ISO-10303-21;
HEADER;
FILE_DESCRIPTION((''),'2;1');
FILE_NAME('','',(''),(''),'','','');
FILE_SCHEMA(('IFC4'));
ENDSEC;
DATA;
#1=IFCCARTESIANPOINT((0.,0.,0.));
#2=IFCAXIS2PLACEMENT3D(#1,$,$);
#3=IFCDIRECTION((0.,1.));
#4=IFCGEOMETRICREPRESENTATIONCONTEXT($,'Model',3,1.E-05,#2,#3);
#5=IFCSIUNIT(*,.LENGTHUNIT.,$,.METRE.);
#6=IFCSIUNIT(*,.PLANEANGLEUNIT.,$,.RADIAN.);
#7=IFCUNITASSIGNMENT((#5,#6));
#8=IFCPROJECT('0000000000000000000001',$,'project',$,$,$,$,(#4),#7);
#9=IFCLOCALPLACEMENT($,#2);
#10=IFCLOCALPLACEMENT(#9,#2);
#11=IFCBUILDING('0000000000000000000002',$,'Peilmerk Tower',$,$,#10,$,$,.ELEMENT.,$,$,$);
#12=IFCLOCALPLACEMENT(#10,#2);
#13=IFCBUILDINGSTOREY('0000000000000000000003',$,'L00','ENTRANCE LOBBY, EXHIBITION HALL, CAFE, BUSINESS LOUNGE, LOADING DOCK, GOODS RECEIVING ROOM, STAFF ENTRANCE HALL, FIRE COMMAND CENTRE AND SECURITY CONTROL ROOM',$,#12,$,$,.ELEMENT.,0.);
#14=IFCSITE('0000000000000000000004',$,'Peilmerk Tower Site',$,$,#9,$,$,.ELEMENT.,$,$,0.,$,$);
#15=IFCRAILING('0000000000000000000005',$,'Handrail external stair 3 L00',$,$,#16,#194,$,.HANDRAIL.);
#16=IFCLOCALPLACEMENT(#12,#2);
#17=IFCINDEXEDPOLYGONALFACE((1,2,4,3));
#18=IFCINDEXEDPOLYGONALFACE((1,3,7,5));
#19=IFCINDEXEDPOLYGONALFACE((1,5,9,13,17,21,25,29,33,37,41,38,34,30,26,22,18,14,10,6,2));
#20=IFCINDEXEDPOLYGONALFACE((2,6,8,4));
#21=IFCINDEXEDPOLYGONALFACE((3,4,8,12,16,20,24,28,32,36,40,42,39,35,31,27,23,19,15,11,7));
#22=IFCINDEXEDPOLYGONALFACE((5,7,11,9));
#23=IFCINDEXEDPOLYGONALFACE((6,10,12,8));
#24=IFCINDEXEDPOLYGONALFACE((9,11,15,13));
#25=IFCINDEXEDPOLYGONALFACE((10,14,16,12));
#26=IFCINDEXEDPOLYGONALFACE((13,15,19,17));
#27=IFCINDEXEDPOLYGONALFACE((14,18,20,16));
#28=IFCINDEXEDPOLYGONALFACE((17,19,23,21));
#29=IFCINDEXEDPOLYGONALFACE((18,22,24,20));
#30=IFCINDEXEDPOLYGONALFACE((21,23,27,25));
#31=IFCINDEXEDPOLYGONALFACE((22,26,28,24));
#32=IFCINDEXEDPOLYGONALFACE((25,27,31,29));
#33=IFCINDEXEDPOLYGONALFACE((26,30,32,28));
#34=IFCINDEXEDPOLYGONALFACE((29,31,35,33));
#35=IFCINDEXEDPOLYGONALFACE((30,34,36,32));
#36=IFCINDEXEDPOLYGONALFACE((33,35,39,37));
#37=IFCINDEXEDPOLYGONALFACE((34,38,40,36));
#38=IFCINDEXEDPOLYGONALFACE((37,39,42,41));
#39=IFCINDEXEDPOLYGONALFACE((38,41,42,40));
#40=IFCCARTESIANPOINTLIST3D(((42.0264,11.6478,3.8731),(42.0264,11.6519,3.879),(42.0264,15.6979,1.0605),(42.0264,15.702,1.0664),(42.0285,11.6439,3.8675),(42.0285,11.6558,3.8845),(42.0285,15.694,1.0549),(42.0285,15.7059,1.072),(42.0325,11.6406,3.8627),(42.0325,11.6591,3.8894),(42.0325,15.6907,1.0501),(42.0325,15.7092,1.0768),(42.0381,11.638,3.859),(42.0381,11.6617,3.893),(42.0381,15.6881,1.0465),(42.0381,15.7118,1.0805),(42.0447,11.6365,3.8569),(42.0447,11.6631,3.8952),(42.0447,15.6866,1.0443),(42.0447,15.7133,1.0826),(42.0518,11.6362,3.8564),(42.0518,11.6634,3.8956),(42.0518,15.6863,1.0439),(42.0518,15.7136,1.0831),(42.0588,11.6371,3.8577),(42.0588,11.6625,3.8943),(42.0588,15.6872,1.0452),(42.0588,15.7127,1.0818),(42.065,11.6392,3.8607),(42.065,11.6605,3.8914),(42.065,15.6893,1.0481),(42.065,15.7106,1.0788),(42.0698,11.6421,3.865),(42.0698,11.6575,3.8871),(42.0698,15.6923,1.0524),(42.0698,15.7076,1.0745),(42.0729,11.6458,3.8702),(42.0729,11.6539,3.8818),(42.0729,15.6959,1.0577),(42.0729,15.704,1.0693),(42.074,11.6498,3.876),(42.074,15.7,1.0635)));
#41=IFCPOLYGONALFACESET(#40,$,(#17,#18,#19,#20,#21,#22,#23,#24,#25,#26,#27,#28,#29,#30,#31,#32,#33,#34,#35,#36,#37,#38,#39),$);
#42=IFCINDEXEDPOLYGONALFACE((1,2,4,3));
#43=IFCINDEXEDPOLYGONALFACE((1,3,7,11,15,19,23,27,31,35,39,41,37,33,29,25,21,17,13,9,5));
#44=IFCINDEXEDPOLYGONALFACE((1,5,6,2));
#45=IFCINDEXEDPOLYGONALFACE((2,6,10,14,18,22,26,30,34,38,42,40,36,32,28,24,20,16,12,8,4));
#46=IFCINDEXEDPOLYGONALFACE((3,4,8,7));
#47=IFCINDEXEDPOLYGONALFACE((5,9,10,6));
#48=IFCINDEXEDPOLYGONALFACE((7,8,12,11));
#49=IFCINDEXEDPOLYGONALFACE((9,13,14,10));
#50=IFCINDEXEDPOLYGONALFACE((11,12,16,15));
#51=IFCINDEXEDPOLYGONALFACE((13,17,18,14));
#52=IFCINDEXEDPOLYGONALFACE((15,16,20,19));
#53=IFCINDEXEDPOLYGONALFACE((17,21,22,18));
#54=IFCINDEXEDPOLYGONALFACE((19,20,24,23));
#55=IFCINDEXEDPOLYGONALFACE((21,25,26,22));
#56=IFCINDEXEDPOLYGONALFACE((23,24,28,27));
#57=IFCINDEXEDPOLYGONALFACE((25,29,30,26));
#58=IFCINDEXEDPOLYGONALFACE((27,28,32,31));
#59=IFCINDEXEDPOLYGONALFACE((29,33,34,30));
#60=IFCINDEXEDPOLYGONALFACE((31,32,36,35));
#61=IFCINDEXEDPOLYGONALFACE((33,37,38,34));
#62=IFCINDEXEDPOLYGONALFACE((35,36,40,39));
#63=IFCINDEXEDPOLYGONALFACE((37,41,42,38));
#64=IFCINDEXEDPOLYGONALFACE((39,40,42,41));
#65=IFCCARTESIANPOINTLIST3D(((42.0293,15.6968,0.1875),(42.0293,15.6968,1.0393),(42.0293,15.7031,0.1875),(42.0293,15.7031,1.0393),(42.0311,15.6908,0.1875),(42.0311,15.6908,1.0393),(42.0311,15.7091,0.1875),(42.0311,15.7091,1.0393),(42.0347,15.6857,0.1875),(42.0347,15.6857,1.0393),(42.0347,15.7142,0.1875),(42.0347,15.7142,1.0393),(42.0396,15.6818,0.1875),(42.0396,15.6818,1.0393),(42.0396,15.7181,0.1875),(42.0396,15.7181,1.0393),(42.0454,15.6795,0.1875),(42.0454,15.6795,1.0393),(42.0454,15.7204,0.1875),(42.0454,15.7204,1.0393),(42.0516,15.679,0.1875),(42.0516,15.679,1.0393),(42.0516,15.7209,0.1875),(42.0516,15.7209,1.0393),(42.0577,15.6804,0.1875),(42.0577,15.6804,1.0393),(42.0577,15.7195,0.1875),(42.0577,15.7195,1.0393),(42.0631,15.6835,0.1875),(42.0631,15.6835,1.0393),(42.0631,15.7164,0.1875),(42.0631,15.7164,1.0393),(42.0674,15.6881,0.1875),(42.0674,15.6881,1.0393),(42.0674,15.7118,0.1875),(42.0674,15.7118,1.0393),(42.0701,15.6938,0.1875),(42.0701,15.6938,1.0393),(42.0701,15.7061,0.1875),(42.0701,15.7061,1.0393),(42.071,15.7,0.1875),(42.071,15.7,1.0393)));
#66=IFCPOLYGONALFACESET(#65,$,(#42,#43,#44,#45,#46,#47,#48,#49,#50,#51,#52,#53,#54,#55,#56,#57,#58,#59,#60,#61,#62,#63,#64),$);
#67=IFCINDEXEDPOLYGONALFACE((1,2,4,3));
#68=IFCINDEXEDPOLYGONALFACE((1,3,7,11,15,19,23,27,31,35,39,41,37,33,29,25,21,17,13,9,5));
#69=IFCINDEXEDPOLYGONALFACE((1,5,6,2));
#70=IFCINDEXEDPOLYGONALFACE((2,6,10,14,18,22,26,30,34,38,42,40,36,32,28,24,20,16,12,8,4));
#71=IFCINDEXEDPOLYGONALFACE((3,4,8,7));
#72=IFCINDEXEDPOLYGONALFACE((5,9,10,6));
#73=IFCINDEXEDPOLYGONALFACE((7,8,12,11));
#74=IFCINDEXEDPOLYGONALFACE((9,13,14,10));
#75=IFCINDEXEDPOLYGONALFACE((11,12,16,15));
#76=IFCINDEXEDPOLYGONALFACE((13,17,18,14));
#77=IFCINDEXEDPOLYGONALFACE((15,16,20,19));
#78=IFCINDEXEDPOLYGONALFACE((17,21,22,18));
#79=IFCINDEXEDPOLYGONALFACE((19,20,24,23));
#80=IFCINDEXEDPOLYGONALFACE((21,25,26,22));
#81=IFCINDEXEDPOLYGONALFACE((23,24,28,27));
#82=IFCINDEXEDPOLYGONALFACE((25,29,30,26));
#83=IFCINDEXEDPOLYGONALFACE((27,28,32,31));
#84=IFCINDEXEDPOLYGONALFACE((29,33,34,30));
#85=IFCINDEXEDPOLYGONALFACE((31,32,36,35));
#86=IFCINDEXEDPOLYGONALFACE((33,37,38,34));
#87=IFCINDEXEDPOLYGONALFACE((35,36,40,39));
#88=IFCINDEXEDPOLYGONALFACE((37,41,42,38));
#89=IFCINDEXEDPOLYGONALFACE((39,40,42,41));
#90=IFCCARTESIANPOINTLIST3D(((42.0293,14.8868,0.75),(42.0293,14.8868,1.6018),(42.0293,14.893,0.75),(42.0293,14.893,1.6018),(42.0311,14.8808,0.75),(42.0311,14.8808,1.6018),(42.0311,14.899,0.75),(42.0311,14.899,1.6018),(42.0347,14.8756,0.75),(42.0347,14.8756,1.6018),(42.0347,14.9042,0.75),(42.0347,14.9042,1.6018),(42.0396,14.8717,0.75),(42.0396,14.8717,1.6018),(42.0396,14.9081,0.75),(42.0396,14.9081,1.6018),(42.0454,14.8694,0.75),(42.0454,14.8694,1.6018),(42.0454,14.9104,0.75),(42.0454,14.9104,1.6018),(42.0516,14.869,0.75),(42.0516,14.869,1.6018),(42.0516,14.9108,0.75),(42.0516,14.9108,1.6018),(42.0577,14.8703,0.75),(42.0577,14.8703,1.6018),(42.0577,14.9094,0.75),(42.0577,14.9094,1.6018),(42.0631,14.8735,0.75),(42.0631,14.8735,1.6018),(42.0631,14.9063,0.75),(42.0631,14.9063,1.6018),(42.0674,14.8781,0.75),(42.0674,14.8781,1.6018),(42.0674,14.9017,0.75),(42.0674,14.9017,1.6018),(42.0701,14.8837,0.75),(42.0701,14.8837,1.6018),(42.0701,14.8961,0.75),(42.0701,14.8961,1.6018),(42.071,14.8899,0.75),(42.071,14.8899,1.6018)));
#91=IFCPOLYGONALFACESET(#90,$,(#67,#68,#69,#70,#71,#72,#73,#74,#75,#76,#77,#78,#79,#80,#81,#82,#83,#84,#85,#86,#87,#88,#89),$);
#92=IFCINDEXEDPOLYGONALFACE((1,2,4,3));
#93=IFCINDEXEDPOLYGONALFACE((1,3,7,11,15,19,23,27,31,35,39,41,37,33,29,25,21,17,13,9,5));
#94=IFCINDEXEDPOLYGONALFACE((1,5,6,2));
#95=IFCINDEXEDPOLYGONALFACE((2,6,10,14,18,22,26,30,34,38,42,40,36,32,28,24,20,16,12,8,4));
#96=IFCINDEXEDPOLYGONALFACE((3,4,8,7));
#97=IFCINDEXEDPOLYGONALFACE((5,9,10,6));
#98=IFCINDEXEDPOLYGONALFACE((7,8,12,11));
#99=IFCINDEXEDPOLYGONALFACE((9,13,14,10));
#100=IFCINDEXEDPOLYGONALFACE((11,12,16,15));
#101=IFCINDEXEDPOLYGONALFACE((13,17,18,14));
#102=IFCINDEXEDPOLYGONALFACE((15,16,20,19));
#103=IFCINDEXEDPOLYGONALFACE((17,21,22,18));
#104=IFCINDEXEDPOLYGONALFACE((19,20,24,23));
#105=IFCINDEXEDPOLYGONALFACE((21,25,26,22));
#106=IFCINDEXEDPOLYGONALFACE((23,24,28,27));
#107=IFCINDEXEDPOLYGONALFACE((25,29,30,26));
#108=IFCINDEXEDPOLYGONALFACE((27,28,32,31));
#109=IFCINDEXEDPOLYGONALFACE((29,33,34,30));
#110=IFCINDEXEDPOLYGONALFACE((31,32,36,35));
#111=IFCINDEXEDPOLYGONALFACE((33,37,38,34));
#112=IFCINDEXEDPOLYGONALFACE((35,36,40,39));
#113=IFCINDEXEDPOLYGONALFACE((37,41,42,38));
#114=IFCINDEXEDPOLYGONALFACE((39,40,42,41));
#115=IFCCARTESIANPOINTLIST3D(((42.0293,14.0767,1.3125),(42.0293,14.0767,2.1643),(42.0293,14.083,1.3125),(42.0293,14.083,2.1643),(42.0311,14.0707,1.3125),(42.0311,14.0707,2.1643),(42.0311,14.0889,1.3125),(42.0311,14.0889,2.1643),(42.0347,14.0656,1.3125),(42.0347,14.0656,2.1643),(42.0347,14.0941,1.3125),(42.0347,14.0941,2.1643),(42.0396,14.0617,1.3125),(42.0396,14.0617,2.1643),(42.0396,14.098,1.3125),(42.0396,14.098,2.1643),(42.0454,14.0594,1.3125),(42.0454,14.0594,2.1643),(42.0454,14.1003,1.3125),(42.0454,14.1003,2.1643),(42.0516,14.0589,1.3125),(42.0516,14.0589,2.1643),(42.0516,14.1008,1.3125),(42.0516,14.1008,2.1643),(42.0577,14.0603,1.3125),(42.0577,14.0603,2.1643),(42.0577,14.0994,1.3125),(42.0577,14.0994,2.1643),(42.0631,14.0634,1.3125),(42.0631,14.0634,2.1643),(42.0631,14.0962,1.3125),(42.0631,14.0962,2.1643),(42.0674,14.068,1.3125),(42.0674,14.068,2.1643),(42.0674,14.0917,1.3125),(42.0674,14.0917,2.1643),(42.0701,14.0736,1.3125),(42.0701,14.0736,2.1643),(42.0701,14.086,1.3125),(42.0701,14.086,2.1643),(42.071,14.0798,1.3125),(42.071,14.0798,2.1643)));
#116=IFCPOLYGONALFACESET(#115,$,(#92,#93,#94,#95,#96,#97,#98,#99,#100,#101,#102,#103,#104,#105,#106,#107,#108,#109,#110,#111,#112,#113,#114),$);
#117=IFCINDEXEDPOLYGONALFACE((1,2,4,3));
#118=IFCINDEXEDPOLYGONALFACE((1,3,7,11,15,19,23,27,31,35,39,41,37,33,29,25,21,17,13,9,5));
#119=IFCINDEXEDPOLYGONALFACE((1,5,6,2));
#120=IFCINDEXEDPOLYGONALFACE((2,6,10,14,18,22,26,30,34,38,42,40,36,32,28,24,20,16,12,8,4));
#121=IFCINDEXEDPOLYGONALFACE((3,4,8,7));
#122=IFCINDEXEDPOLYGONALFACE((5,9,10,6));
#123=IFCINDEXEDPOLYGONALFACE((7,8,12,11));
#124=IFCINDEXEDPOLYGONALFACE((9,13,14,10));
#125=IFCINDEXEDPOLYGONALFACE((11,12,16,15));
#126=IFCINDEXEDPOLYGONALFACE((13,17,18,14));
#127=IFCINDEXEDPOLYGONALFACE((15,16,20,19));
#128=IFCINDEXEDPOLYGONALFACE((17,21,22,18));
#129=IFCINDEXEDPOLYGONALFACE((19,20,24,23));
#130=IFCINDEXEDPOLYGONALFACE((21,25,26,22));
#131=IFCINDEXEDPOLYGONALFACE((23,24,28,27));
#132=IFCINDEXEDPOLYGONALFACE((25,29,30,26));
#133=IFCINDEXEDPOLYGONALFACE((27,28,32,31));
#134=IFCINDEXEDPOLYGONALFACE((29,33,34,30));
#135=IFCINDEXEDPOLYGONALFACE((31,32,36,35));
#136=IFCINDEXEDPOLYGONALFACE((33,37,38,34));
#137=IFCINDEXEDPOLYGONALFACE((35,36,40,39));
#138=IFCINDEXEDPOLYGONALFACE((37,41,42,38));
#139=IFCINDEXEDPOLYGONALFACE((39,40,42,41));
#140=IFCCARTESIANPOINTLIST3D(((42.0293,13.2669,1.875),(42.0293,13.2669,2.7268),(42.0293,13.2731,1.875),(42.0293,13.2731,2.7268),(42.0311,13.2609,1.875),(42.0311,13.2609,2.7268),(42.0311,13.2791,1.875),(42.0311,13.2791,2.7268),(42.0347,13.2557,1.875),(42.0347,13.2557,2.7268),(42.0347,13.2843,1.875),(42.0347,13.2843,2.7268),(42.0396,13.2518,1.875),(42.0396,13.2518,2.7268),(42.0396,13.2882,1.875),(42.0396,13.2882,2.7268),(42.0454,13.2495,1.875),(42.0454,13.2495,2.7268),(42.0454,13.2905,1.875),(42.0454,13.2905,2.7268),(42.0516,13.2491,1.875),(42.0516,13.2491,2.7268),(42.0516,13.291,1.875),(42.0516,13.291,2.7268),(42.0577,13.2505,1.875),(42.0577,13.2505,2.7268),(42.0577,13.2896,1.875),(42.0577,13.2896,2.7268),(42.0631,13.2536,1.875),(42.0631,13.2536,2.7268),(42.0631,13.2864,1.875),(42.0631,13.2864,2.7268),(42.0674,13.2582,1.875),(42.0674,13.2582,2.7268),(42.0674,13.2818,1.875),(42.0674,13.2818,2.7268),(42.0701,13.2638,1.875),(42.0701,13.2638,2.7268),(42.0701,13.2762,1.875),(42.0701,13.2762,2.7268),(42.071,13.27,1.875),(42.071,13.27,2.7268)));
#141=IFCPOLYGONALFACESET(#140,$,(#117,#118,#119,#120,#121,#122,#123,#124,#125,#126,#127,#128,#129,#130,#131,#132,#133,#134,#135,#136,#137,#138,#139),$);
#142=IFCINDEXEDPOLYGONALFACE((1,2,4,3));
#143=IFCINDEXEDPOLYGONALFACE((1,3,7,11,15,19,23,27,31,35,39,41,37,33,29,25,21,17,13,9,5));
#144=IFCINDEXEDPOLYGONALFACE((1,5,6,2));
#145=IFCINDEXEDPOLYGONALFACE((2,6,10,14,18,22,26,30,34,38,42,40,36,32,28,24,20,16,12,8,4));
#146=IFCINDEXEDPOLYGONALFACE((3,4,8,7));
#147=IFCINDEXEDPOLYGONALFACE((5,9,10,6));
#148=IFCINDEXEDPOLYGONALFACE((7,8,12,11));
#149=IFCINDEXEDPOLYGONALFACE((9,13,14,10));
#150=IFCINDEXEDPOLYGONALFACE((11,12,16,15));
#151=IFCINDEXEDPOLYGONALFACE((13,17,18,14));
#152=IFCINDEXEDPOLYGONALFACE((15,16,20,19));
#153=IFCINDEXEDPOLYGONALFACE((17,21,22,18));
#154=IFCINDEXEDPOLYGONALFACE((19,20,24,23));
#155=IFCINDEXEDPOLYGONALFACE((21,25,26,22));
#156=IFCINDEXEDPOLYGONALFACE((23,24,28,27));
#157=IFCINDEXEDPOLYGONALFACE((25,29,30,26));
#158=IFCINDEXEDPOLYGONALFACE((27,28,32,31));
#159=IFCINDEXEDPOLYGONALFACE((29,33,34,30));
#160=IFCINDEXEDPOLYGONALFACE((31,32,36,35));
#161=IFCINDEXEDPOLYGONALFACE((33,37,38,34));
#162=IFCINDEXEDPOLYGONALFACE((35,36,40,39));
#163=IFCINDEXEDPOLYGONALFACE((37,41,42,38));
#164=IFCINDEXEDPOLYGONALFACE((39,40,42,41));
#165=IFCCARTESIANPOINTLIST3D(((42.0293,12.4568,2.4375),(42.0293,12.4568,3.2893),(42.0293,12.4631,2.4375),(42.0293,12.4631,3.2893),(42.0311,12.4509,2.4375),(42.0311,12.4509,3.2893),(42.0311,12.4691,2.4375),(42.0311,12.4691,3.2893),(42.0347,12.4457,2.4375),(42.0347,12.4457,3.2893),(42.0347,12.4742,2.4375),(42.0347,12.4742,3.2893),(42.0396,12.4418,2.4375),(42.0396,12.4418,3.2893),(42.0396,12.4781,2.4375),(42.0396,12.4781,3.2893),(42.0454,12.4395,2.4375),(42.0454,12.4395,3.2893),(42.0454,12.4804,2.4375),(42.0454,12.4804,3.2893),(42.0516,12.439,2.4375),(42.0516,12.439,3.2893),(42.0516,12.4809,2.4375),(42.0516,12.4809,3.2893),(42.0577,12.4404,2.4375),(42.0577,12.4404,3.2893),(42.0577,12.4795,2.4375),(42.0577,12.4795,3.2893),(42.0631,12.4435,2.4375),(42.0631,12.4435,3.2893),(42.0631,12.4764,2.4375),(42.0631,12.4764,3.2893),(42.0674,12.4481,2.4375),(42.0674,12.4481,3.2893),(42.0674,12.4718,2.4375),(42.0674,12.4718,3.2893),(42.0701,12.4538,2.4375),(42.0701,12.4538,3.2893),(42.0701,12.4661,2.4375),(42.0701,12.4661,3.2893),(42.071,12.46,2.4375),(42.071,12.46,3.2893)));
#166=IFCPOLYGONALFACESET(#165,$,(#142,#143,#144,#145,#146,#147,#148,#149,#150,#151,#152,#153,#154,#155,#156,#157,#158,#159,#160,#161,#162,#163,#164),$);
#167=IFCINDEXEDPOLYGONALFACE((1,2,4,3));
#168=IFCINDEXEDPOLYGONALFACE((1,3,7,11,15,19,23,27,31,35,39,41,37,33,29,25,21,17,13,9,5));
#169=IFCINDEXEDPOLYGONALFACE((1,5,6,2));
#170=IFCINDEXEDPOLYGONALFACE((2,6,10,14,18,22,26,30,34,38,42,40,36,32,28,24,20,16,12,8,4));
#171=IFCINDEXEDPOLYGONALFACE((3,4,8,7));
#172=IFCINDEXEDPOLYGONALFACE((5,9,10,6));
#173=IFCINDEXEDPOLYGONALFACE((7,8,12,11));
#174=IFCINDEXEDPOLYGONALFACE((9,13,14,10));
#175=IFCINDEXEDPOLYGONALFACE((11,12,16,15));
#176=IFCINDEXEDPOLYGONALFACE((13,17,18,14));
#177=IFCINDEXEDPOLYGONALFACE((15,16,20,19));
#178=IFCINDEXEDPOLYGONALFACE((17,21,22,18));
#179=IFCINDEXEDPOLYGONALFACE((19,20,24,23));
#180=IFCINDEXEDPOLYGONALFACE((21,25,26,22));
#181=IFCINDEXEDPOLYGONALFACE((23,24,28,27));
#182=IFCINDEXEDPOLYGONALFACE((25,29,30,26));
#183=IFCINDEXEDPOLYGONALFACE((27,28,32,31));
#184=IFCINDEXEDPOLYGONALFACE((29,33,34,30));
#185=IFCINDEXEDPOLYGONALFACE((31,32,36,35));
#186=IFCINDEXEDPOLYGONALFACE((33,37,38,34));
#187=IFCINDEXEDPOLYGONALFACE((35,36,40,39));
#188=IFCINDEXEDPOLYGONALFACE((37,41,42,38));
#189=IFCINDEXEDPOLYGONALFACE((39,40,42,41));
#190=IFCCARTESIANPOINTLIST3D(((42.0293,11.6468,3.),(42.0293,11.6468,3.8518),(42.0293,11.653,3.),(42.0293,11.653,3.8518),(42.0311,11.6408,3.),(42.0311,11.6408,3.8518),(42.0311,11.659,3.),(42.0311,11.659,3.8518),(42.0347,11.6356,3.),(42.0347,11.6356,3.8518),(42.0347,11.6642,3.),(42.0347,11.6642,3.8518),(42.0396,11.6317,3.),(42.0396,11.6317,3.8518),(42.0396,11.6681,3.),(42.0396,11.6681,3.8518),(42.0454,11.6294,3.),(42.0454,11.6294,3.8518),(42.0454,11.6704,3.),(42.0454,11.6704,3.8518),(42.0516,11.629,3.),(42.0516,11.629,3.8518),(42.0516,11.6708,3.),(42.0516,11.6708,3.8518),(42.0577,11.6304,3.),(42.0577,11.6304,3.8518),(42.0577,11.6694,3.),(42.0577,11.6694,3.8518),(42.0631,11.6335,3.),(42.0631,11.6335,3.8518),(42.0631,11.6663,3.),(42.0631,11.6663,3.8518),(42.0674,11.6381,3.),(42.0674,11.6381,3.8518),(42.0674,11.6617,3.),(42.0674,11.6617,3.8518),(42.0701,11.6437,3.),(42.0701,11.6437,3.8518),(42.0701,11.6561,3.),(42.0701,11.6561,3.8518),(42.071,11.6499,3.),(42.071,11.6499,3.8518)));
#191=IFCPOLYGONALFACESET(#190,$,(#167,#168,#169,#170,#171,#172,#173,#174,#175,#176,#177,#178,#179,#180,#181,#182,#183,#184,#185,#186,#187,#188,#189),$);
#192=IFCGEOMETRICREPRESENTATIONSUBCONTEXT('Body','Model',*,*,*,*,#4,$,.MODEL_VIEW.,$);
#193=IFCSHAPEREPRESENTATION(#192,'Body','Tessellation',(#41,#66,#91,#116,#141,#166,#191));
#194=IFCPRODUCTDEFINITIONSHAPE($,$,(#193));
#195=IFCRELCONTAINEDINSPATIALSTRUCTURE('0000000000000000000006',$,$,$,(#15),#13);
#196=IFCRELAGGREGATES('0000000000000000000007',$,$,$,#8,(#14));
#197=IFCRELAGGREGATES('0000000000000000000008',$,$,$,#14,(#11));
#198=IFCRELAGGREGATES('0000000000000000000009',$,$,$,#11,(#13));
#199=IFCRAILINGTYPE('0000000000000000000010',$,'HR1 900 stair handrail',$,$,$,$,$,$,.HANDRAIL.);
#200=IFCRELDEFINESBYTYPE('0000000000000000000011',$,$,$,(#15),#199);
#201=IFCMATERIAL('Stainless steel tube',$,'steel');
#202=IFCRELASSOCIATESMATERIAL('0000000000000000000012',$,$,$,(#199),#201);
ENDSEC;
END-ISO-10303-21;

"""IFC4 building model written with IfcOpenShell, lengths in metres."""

from ifc_helpers import new_model, si_unit, direction, frame, origin, origin_2d, place, context, subcontext, project, spatial, circle, extrude, material, type_object, element, save


model = new_model("IFC4")

# Units and contexts
model_context = context("Model", 3, precision=1e-05, world=origin(), true_north=direction((0.0, 1.0)))
body_context = subcontext(model_context, "Body", "Model", "MODEL_VIEW")
ifc_project = project(units=[si_unit("LENGTHUNIT", "METRE"), si_unit("PLANEANGLEUNIT", "RADIAN")], contexts=[model_context])

# Site, building, storey
site_placement = place(None, origin())
site = spatial("IfcSite", under=ifc_project, at=site_placement, Name="Peilmerk Tower Site", CompositionType="ELEMENT", RefElevation=0.0)
building_placement = place(site_placement, origin())
building = spatial("IfcBuilding", under=site, at=building_placement, Name="Peilmerk Tower", CompositionType="ELEMENT")
storey_placement = place(building_placement, origin())
storey = spatial("IfcBuildingStorey", under=building, at=storey_placement, Name="L00", Description="ENTRANCE LOBBY, EXHIBITION HALL, CAFE, BUSINESS LOUNGE, LOADING DOCK, GOODS RECEIVING ROOM, STAFF ENTRANCE HALL, FIRE COMMAND CENTRE AND SECURITY CONTROL ROOM", CompositionType="ELEMENT", Elevation=0.0)

# Railing
ifc_material_1 = material(Name="Stainless steel tube", Category="steel")
railing_type_1 = type_object("IfcRailingType", Name="HR1 900 stair handrail", PredefinedType="HANDRAIL", material=ifc_material_1)
for number, where, name in (
    (1, (42.05, 15.7, 0.1875), "Handrail external stair 3 L00"),
):
    element("IfcRailing", number, at=place(storey_placement, frame(where)), inside=storey, type_object=railing_type_1, Name=name, PredefinedType="HANDRAIL", context=body_context, shape_type="SweptSolid", body=[
        extrude(circle(Radius=0.0239, at=origin_2d()), frame((0.0, 0.0, 0.876), z_axis=(0.0, -0.821373, 0.570391), x_axis=(1.0, 0.0, 0.0)), (0.0, 0.0, 1.0), 4.9309),
        extrude(circle(Radius=0.021, at=origin_2d()), origin(), (0.0, 0.0, 1.0), 0.8518),
        extrude(circle(Radius=0.021, at=origin_2d()), frame((0.0, -0.8101, 0.5625)), (0.0, 0.0, 1.0), 0.8518),
        extrude(circle(Radius=0.021, at=origin_2d()), frame((0.0, -1.6201, 1.125)), (0.0, 0.0, 1.0), 0.8518),
        extrude(circle(Radius=0.021, at=origin_2d()), frame((0.0, -2.4299, 1.6875)), (0.0, 0.0, 1.0), 0.8518),
        extrude(circle(Radius=0.021, at=origin_2d()), frame((0.0, -3.24, 2.25)), (0.0, 0.0, 1.0), 0.8518),
        extrude(circle(Radius=0.021, at=origin_2d()), frame((0.0, -4.05, 2.8125)), (0.0, 0.0, 1.0), 0.8518),
    ])

save(model, "model.ifc")
